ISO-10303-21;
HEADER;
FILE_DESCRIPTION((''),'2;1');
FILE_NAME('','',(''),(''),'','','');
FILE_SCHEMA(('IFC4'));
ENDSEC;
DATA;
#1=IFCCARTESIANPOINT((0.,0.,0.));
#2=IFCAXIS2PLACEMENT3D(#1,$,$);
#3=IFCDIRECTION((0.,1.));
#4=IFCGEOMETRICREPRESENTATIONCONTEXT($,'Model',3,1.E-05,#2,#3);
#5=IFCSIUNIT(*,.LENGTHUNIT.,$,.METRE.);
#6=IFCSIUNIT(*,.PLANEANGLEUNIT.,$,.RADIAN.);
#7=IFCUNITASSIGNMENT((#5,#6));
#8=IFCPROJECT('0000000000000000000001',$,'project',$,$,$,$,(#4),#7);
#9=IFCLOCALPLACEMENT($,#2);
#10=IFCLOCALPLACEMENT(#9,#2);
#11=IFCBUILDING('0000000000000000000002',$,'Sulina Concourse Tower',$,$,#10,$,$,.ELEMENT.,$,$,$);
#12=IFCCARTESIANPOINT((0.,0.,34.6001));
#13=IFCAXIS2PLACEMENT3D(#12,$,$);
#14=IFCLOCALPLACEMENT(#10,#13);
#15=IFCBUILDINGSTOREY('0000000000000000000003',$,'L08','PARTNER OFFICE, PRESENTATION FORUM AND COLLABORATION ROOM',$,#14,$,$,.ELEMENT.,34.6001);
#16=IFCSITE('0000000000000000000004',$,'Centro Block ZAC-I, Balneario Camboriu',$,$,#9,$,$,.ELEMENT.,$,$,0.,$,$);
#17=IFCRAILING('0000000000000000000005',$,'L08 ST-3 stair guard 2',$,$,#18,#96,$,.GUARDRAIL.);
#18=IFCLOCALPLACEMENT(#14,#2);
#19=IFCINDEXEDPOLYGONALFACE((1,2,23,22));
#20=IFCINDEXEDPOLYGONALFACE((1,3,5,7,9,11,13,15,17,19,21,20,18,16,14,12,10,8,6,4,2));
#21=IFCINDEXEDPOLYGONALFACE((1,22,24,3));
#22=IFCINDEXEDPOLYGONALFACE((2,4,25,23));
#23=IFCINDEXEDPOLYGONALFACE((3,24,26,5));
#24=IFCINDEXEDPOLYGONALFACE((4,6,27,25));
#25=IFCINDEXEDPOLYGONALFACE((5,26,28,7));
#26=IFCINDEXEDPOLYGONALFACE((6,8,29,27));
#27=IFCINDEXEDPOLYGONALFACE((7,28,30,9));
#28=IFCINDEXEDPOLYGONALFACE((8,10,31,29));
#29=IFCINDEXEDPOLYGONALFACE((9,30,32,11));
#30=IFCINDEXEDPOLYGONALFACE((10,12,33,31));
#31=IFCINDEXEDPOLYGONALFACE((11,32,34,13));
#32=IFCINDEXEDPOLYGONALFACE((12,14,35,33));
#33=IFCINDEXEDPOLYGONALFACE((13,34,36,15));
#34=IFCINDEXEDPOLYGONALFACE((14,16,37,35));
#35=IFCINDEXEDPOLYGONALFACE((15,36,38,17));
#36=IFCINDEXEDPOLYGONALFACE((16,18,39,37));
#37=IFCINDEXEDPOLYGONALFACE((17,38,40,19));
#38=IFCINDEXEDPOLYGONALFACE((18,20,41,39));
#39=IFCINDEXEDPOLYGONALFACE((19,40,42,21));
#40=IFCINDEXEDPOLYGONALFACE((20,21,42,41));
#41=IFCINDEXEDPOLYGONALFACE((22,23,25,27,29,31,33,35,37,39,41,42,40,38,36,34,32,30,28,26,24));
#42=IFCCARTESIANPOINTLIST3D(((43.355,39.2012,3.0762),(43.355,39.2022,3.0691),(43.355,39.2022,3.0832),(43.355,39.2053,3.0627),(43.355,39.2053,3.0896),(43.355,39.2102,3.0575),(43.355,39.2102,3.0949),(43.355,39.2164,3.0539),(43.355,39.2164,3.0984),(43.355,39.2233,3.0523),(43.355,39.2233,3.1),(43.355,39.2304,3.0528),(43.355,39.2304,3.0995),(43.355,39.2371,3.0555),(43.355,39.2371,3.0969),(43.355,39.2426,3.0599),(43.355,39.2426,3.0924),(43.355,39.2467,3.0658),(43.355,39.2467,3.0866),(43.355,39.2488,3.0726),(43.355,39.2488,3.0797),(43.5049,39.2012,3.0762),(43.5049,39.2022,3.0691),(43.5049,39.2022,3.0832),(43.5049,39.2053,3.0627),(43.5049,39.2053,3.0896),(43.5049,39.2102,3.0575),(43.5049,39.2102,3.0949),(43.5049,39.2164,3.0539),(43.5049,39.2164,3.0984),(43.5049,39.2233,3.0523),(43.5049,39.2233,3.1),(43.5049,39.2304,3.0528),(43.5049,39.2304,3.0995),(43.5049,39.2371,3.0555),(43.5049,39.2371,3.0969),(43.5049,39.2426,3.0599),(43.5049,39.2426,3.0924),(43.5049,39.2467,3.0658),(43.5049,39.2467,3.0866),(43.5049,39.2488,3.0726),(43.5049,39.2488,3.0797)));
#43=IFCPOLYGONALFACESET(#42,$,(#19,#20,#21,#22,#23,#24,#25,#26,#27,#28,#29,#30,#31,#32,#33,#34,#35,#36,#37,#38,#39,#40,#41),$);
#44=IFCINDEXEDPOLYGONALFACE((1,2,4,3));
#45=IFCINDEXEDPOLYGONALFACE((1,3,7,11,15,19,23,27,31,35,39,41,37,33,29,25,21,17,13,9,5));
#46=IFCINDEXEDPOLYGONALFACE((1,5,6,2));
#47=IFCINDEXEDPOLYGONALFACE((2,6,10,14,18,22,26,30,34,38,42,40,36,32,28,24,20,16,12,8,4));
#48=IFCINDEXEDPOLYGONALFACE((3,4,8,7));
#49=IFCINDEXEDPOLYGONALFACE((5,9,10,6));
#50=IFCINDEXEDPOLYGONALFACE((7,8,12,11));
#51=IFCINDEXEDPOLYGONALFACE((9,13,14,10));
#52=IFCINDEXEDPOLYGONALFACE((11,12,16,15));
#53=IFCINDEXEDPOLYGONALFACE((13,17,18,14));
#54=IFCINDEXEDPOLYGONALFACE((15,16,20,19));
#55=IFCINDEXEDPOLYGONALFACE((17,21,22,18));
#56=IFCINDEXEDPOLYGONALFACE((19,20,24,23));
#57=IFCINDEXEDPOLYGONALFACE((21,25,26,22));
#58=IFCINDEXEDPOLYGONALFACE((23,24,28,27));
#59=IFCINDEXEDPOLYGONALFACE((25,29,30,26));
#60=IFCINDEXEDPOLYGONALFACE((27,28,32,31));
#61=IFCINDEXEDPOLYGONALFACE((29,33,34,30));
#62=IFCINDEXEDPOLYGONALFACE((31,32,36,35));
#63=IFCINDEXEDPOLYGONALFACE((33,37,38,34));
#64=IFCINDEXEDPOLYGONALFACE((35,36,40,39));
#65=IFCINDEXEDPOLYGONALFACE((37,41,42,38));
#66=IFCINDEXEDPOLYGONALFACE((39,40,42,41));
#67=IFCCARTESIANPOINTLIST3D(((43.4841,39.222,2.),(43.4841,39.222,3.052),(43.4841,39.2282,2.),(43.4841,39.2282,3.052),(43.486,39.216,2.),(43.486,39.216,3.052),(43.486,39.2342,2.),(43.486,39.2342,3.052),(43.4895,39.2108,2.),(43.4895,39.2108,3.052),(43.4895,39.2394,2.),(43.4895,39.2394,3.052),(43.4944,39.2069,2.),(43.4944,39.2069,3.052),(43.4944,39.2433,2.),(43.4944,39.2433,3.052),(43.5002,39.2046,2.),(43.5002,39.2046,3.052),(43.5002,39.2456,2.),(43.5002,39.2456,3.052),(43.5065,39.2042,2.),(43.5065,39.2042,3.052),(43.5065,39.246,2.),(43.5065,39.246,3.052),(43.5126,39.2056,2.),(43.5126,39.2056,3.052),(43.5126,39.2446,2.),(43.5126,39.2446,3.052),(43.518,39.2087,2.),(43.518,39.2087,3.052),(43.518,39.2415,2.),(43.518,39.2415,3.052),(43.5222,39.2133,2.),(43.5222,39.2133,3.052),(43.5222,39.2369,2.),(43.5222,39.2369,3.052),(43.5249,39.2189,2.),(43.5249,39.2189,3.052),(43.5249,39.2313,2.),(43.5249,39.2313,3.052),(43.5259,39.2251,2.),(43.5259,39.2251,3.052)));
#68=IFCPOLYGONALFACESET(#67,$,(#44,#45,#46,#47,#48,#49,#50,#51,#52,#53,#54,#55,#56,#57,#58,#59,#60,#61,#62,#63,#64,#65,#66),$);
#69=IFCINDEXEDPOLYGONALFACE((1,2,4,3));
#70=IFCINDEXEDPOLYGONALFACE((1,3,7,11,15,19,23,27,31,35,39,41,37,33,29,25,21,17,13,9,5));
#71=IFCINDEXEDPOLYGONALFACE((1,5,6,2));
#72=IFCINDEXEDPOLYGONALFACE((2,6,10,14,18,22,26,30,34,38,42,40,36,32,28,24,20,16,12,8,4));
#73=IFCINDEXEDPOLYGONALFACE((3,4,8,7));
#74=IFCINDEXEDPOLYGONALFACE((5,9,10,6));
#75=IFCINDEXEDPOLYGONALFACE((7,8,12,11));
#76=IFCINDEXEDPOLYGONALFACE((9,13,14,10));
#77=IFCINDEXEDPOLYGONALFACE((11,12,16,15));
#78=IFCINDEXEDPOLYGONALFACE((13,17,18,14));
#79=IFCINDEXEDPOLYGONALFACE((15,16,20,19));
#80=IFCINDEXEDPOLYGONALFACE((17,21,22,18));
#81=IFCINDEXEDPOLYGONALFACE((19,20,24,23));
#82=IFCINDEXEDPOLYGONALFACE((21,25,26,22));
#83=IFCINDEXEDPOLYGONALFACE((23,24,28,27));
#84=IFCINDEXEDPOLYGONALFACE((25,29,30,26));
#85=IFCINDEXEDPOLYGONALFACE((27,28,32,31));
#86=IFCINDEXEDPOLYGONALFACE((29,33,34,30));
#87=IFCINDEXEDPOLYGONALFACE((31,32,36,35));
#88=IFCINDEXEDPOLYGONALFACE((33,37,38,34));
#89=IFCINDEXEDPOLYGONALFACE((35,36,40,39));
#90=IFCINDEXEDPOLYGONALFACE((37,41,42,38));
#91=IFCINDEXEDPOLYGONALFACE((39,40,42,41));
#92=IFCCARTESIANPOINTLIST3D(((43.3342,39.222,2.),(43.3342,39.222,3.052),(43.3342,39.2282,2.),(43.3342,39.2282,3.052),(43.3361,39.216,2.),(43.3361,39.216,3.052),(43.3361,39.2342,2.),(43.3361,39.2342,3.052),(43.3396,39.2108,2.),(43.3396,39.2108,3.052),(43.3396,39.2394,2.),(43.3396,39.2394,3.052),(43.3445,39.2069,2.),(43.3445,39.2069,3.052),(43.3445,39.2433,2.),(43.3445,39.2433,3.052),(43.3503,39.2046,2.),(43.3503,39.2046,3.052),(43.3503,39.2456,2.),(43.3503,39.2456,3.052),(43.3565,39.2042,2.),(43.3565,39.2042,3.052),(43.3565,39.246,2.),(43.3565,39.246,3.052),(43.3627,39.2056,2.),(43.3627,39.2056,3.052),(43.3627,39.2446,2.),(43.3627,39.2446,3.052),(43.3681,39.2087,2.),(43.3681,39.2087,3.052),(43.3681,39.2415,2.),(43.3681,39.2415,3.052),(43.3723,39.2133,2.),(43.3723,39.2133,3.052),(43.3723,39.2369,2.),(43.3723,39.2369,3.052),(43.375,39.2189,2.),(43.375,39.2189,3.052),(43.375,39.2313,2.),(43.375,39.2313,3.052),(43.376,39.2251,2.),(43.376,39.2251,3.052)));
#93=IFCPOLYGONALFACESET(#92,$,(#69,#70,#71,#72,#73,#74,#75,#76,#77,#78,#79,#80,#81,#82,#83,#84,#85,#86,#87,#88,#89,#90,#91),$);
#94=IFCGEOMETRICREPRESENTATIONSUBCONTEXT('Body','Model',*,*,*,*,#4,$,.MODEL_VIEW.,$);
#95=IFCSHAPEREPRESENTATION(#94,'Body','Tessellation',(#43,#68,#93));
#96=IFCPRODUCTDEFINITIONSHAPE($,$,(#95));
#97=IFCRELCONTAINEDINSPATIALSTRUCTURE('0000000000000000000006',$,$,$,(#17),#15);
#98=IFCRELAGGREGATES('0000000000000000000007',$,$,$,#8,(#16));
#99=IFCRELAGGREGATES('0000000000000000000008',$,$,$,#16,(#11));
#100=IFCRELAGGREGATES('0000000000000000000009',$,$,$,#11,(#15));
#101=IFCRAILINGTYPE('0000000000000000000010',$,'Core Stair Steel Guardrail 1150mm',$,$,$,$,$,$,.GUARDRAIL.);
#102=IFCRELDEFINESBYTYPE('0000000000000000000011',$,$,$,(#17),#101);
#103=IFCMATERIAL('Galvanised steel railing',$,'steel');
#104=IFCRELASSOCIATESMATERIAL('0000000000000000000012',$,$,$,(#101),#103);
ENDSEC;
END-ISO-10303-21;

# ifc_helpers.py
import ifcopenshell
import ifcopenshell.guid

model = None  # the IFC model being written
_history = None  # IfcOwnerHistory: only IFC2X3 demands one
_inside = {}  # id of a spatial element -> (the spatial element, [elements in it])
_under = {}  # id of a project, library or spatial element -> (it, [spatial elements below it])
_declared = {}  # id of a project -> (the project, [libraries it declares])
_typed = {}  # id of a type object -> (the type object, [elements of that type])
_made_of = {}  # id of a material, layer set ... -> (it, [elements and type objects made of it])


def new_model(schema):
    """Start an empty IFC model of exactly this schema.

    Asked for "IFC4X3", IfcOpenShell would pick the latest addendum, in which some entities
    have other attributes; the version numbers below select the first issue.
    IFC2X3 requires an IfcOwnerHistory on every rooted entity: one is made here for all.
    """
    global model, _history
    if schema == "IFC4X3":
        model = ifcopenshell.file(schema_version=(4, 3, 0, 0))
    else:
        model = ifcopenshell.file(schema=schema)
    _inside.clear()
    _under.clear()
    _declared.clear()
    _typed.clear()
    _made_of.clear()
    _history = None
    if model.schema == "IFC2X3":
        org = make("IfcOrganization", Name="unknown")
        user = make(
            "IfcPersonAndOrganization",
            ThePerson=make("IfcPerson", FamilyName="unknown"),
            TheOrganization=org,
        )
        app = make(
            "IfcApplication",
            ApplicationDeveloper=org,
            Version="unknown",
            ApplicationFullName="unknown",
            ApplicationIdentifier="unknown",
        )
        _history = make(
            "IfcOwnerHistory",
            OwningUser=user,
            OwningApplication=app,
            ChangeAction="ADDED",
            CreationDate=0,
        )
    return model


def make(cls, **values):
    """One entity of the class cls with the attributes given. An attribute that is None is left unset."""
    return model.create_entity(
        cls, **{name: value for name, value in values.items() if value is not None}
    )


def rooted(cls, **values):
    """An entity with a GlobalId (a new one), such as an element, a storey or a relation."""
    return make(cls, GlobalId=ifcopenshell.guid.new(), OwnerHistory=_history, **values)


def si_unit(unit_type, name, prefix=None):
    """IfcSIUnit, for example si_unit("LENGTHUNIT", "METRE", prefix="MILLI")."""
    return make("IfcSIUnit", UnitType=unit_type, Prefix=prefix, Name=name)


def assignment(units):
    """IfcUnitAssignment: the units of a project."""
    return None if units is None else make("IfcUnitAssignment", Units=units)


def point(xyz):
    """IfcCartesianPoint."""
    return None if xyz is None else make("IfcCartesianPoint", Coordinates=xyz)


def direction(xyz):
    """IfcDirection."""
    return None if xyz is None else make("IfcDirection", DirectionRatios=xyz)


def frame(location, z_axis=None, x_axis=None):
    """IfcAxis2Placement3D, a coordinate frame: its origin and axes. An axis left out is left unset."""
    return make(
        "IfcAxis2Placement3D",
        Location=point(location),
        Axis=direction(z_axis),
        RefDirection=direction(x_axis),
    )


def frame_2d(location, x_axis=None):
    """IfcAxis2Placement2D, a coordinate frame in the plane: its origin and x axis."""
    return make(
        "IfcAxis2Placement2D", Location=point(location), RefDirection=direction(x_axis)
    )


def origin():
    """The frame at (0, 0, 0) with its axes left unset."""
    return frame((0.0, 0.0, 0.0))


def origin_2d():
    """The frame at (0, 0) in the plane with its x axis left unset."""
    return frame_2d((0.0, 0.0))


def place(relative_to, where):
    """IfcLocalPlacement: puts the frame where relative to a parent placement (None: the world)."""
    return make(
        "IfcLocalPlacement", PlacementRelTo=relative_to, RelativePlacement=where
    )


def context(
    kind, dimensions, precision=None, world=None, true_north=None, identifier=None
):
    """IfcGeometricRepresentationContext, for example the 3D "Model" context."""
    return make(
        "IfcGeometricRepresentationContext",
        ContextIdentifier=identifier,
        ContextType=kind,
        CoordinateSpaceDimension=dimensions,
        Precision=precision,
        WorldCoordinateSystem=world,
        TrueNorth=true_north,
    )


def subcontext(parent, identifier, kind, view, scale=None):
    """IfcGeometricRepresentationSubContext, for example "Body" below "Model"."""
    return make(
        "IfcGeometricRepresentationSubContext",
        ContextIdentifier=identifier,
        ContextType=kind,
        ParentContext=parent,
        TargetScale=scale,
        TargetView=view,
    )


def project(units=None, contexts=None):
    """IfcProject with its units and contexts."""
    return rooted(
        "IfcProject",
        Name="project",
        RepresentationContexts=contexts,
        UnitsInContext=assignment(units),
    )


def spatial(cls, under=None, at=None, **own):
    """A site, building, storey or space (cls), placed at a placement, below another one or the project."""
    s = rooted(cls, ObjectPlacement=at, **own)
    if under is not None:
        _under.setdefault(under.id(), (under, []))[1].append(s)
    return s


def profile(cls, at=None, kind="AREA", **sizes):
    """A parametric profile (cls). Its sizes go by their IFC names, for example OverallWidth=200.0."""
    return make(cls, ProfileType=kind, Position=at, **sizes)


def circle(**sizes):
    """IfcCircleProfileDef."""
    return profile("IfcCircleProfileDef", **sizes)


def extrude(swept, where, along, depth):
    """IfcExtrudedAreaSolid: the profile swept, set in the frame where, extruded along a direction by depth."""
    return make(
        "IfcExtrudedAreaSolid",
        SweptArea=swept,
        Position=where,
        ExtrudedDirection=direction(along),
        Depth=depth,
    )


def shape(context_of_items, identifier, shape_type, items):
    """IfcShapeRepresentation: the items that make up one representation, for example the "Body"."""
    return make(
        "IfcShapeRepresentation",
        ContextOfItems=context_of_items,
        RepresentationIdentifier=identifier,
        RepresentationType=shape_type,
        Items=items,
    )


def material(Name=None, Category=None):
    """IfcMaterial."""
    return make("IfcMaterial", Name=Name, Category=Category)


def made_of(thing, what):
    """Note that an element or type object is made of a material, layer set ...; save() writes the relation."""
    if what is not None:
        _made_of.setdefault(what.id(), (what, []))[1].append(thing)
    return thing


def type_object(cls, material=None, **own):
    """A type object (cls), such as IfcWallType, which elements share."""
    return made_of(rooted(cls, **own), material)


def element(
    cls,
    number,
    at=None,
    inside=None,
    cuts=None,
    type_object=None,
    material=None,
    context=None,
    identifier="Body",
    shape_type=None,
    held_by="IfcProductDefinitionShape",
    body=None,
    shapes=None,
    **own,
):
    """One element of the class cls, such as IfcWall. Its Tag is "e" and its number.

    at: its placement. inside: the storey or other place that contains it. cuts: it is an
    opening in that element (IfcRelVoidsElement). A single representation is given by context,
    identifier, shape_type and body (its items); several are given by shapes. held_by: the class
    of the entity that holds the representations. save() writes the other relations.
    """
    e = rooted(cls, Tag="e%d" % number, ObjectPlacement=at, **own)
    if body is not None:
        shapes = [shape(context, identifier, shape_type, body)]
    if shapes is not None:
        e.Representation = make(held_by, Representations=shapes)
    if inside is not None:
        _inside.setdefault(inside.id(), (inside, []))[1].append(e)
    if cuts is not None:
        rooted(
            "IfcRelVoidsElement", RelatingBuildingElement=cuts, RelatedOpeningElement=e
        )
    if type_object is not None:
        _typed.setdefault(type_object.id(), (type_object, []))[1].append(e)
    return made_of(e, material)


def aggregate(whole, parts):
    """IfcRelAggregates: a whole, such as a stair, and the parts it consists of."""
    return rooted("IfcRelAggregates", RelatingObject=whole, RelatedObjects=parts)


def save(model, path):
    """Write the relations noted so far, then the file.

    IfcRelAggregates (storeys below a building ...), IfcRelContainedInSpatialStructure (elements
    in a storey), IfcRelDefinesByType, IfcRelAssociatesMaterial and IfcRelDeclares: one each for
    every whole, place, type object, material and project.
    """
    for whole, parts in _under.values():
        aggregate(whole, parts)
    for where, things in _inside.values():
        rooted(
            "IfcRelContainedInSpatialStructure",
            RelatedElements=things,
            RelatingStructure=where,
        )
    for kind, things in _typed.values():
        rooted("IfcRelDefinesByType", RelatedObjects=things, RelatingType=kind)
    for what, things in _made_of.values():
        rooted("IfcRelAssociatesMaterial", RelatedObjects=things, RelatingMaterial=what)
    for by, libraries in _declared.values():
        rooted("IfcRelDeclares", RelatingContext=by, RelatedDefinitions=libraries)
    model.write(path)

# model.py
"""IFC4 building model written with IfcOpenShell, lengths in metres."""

from ifc_helpers import new_model, si_unit, direction, frame, origin, origin_2d, place, context, subcontext, project, spatial, circle, extrude, material, type_object, element, save


model = new_model("IFC4")

# Units and contexts
model_context = context("Model", 3, precision=1e-05, world=origin(), true_north=direction((0.0, 1.0)))
body_context = subcontext(model_context, "Body", "Model", "MODEL_VIEW")
ifc_project = project(units=[si_unit("LENGTHUNIT", "METRE"), si_unit("PLANEANGLEUNIT", "RADIAN")], contexts=[model_context])

# Site, building, storey
site_placement = place(None, origin())
site = spatial("IfcSite", under=ifc_project, at=site_placement, Name="Centro Block ZAC-I, Balneario Camboriu", CompositionType="ELEMENT", RefElevation=0.0)
building_placement = place(site_placement, origin())
building = spatial("IfcBuilding", under=site, at=building_placement, Name="Sulina Concourse Tower", CompositionType="ELEMENT")
storey_placement = place(building_placement, frame((0.0, 0.0, 34.6001)))
storey = spatial("IfcBuildingStorey", under=building, at=storey_placement, Name="L08", Description="PARTNER OFFICE, PRESENTATION FORUM AND COLLABORATION ROOM", CompositionType="ELEMENT", Elevation=34.6001)

# Railing
ifc_material_1 = material(Name="Galvanised steel railing", Category="steel")
railing_type_1 = type_object("IfcRailingType", Name="Core Stair Steel Guardrail 1150mm", PredefinedType="GUARDRAIL", material=ifc_material_1)
railing_1_placement = place(storey_placement, frame((43.5049, 39.2251, 2.0)))
element("IfcRailing", 1, at=railing_1_placement, inside=storey, type_object=railing_type_1, Name="L08 ST-3 stair guard 2", PredefinedType="GUARDRAIL", context=body_context, shape_type="SweptSolid", body=[
    extrude(circle(Radius=0.0239, at=origin_2d()), frame((0.0, 0.0, 1.0762), z_axis=(-1.0, 0.0, 0.0), x_axis=(0.0, -1.0, 0.0)), (0.0, 0.0, 1.0), 0.1499),
    extrude(circle(Radius=0.021, at=origin_2d()), origin(), (0.0, 0.0, 1.0), 1.052),
    extrude(circle(Radius=0.021, at=origin_2d()), frame((-0.1499, 0.0, 0.0)), (0.0, 0.0, 1.0), 1.052),
])

save(model, "model.ifc")
